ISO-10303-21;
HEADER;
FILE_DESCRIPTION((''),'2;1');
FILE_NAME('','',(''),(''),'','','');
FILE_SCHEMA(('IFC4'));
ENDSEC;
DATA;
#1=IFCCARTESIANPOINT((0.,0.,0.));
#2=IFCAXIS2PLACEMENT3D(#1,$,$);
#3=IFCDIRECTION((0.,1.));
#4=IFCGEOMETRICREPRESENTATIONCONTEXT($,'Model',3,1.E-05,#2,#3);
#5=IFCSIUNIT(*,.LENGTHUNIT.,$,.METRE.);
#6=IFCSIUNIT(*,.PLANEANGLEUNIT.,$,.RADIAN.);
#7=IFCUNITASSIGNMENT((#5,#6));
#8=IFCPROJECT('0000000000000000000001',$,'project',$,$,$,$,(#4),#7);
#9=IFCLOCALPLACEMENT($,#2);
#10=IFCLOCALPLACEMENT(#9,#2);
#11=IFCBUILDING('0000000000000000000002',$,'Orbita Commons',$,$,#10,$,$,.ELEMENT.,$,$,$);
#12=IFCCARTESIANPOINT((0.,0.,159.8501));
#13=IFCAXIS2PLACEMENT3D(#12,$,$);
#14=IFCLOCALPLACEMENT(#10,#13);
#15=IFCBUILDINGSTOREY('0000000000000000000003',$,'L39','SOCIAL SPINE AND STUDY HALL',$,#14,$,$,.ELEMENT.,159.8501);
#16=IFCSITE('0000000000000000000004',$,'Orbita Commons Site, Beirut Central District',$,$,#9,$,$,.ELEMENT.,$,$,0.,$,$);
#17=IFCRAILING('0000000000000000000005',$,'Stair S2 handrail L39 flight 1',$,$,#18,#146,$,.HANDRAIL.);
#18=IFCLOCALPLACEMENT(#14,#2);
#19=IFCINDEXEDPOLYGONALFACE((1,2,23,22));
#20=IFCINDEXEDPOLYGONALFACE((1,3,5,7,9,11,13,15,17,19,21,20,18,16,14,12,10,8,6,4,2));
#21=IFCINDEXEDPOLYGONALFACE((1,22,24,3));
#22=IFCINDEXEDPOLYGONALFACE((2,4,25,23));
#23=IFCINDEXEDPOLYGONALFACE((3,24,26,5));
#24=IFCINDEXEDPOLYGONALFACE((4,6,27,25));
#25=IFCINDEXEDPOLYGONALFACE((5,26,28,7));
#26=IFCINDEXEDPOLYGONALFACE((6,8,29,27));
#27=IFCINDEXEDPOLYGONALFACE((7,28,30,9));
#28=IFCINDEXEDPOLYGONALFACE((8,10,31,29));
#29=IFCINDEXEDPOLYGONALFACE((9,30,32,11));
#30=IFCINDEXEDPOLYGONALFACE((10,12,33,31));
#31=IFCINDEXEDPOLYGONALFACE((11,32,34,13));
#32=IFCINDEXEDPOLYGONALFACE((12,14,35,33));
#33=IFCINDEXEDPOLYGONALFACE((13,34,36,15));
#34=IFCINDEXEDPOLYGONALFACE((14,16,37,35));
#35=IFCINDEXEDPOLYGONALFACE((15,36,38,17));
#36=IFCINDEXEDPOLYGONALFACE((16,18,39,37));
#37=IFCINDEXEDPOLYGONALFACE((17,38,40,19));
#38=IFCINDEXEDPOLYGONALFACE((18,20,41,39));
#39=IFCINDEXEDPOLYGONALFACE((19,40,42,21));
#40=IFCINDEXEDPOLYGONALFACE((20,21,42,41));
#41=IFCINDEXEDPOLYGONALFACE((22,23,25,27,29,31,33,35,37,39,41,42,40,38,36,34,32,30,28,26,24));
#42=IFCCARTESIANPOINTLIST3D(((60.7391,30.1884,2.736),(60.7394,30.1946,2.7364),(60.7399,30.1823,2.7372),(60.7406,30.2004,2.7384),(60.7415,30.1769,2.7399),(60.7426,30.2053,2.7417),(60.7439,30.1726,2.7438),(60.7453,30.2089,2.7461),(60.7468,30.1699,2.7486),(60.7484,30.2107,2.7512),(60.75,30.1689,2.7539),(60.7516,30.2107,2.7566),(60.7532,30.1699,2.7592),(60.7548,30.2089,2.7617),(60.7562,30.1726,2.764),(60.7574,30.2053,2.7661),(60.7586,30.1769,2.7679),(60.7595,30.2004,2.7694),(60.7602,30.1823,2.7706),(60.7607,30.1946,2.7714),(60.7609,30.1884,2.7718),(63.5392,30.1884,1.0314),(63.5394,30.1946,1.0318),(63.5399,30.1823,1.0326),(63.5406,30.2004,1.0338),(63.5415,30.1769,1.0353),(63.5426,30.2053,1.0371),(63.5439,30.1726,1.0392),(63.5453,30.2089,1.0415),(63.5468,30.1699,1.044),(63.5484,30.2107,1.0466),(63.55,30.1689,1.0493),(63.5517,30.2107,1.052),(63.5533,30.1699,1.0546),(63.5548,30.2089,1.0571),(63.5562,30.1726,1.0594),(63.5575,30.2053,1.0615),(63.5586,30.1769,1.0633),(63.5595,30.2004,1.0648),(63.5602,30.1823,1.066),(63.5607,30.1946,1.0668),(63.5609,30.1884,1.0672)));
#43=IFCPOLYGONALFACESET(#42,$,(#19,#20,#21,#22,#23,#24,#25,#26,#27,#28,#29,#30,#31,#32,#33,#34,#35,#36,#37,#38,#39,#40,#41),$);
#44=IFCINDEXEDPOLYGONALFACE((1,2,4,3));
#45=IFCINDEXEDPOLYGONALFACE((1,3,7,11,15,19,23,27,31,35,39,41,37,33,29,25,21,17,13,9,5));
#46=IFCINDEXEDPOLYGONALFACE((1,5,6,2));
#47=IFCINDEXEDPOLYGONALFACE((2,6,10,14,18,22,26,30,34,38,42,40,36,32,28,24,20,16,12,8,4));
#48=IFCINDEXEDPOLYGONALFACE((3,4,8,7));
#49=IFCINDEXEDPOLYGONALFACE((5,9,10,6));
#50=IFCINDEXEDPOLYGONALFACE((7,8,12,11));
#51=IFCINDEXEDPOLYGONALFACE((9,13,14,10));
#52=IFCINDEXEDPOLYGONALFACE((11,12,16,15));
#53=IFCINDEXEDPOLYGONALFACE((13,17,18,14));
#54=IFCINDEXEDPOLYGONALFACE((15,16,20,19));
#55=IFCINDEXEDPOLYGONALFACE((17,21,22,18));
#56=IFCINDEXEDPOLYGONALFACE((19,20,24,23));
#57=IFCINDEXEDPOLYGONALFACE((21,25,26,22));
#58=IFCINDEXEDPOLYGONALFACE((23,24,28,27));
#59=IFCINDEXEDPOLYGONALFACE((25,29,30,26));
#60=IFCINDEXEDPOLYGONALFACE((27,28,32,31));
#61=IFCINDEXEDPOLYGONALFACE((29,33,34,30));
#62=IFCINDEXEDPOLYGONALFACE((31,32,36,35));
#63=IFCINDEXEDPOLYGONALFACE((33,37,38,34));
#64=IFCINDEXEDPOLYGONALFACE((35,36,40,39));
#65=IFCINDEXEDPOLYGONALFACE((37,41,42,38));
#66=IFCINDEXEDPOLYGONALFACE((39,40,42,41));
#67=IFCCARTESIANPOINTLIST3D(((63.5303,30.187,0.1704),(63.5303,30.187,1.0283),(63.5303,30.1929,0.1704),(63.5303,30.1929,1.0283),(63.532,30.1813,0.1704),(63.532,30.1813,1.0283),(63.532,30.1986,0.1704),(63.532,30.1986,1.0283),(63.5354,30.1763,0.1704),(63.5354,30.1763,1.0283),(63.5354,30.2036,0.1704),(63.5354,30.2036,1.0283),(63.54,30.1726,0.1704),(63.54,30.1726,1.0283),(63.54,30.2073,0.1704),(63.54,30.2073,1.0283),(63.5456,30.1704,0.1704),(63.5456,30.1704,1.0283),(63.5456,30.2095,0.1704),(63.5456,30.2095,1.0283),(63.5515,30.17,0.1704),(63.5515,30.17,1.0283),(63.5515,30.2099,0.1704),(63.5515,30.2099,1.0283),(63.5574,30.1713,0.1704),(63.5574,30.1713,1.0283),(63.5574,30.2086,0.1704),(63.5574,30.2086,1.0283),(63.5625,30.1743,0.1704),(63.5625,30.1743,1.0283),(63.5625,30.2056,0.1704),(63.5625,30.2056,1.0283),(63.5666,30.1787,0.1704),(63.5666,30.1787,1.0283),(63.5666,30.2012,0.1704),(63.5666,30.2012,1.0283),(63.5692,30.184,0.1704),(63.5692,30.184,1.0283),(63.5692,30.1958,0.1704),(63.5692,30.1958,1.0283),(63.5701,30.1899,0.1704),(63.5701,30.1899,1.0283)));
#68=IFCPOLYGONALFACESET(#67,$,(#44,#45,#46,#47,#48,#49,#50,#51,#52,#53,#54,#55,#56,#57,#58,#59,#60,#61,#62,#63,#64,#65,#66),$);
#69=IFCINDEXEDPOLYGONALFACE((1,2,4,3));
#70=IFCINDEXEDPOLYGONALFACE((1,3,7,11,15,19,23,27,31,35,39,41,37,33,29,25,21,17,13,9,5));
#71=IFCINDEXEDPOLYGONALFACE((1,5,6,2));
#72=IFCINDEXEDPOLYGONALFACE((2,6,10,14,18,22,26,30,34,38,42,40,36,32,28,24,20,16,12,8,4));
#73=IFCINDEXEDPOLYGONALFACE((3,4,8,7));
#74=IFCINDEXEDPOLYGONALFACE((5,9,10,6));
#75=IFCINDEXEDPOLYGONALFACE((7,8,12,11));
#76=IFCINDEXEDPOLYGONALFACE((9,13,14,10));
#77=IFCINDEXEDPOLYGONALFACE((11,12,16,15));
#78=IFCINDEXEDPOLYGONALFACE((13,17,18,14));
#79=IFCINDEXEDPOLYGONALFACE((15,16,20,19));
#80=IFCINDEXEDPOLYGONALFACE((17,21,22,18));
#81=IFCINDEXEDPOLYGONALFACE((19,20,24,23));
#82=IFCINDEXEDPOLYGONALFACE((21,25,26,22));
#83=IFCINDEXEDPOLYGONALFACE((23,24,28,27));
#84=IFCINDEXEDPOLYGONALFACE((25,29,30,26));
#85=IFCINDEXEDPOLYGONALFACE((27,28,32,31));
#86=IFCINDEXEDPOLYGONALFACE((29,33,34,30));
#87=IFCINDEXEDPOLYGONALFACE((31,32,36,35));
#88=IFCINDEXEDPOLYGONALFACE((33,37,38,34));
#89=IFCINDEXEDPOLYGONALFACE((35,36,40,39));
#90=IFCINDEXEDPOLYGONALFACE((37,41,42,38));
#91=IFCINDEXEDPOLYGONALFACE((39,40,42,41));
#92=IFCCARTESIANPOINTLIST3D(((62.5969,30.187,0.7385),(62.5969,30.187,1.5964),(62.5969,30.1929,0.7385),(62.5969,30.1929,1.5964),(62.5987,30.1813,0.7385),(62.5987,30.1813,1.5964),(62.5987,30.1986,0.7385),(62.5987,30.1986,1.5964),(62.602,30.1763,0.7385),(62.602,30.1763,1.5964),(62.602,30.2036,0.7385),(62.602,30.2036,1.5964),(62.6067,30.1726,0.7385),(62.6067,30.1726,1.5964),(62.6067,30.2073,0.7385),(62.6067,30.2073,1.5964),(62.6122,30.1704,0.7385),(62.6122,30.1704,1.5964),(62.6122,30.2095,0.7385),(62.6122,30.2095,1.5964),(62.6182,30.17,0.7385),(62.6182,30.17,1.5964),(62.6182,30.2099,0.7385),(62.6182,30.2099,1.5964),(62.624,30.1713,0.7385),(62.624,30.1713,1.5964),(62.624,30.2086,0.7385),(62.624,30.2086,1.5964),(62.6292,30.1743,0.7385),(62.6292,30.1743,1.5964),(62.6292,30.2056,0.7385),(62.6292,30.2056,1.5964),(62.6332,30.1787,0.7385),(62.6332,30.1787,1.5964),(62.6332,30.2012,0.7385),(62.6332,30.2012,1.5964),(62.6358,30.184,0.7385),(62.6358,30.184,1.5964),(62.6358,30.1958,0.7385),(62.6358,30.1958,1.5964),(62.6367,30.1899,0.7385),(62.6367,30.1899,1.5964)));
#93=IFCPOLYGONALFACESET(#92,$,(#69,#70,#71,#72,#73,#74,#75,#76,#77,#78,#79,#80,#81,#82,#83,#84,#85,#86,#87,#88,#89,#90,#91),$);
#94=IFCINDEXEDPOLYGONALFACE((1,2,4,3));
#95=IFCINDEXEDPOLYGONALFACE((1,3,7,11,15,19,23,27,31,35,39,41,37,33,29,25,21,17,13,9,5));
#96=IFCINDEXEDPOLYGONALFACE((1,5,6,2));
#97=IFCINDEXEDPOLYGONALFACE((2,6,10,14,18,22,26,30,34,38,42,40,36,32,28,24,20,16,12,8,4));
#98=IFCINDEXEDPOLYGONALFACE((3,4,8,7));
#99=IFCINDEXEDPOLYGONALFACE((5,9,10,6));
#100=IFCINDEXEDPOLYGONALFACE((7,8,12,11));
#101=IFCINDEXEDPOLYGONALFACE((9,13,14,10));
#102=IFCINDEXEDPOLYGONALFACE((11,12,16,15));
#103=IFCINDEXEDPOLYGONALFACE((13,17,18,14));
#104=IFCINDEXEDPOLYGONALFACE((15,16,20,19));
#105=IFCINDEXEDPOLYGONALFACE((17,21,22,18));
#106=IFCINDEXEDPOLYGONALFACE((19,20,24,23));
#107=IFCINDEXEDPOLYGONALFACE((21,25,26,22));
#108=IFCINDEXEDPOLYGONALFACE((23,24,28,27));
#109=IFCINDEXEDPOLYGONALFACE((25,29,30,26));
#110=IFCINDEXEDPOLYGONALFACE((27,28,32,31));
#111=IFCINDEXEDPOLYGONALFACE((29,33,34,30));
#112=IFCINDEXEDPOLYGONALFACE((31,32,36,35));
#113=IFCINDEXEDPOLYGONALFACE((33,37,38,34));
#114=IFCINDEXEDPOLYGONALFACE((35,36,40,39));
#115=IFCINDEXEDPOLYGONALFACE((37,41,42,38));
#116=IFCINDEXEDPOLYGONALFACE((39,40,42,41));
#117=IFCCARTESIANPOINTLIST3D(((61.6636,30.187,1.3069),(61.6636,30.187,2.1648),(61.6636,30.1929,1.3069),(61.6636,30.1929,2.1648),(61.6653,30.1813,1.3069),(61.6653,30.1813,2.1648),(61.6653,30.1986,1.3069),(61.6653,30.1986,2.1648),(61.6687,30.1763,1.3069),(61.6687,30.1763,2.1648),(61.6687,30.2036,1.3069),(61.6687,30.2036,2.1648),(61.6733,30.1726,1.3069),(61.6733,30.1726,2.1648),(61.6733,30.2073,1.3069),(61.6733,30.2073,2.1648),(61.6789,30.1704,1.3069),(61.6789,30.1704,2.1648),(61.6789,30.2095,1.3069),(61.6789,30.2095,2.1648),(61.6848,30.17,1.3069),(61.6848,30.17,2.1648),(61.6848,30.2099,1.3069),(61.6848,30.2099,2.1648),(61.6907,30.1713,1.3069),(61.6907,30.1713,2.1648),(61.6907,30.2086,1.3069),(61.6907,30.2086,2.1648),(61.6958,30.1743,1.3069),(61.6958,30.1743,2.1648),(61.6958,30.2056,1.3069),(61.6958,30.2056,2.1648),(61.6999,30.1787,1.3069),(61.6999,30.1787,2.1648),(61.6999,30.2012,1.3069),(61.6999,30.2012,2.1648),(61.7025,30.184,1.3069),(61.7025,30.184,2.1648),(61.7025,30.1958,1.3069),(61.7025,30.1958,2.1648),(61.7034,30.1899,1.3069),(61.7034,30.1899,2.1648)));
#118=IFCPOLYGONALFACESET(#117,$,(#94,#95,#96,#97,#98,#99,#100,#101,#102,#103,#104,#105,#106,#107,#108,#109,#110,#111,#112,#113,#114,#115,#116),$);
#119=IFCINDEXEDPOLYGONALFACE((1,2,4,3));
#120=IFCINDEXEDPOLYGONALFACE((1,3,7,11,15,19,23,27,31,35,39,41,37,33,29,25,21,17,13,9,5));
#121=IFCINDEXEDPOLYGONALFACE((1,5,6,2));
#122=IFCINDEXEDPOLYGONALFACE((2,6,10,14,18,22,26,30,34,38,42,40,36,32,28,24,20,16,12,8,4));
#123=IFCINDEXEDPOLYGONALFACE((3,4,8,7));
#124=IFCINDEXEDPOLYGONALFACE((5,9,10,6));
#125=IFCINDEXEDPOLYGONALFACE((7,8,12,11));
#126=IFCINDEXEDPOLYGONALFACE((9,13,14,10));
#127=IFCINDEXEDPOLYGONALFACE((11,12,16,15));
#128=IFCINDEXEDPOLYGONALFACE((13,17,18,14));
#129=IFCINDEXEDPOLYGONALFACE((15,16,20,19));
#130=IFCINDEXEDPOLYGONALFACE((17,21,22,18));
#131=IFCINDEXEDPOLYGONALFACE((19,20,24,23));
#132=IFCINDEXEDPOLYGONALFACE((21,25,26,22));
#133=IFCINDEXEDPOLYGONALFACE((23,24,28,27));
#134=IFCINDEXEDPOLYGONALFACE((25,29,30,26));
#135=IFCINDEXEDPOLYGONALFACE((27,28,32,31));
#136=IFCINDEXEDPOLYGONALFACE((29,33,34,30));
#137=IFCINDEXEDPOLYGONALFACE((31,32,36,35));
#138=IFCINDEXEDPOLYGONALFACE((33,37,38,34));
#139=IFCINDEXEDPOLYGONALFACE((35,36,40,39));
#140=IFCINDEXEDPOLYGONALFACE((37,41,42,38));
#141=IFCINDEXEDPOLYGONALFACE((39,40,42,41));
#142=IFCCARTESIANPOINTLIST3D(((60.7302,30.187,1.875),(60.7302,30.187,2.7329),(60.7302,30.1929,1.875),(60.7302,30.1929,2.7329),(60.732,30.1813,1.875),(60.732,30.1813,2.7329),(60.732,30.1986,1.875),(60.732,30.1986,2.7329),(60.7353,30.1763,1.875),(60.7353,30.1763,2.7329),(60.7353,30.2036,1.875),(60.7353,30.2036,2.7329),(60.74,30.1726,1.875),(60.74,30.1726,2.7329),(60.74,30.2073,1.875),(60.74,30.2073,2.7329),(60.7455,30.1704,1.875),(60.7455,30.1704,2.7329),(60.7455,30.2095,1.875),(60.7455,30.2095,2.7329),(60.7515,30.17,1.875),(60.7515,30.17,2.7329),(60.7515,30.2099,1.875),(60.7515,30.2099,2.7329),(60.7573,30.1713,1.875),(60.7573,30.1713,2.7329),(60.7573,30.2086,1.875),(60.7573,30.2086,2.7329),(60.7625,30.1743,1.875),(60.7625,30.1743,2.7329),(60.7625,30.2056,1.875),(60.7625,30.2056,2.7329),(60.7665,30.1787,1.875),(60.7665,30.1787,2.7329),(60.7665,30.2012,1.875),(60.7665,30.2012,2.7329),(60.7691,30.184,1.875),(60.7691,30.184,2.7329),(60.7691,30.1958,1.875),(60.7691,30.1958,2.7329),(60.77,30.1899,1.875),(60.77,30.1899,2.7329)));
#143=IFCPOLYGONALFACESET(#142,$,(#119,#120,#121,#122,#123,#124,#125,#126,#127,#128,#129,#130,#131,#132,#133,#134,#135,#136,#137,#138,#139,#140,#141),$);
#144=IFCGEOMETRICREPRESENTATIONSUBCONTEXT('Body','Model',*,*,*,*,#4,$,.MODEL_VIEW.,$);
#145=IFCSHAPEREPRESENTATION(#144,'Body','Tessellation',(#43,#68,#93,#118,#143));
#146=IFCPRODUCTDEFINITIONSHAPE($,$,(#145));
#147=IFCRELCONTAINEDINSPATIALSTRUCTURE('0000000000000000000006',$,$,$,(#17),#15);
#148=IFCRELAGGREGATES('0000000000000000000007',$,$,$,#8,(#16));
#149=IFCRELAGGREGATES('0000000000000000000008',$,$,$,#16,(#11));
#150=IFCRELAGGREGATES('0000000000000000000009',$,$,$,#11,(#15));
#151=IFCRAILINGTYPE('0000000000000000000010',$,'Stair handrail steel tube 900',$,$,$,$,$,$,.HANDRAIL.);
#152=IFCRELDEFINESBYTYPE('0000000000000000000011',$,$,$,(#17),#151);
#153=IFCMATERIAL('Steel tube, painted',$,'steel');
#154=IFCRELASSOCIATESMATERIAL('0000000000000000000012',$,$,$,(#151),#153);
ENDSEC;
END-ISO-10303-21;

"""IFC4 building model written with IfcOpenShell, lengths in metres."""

from ifc_helpers import new_model, si_unit, direction, frame, origin, origin_2d, place, context, subcontext, project, spatial, circle, extrude, material, type_object, element, save


model = new_model("IFC4")

# Units and contexts
model_context = context("Model", 3, precision=1e-05, world=origin(), true_north=direction((0.0, 1.0)))
body_context = subcontext(model_context, "Body", "Model", "MODEL_VIEW")
ifc_project = project(units=[si_unit("LENGTHUNIT", "METRE"), si_unit("PLANEANGLEUNIT", "RADIAN")], contexts=[model_context])

# Site, building, storey
site_placement = place(None, origin())
site = spatial("IfcSite", under=ifc_project, at=site_placement, Name="Orbita Commons Site, Beirut Central District", CompositionType="ELEMENT", RefElevation=0.0)
building_placement = place(site_placement, origin())
building = spatial("IfcBuilding", under=site, at=building_placement, Name="Orbita Commons", CompositionType="ELEMENT")
storey_placement = place(building_placement, frame((0.0, 0.0, 159.8501)))
storey = spatial("IfcBuildingStorey", under=building, at=storey_placement, Name="L39", Description="SOCIAL SPINE AND STUDY HALL", CompositionType="ELEMENT", Elevation=159.8501)

# Railing
ifc_material_1 = material(Name="Steel tube, painted", Category="steel")
railing_type = type_object("IfcRailingType", Name="Stair handrail steel tube 900", PredefinedType="HANDRAIL", material=ifc_material_1)
for number, where, name in (
    (1, (63.55, 30.1899, 0.1704), "Stair S2 handrail L39 flight 1"),
):
    element("IfcRailing", number, at=place(storey_placement, frame(where)), inside=storey, type_object=railing_type, Name=name, PredefinedType="HANDRAIL", context=body_context, shape_type="SweptSolid", body=[
        extrude(circle(Radius=0.021, at=origin_2d()), frame((0.0, 0.0, 0.8789), z_axis=(-0.85417, 0.0, 0.519994), x_axis=(0.0, -1.0, 0.0)), (0.0, 0.0, 1.0), 3.2781),
        extrude(circle(Radius=0.02, at=origin_2d()), origin(), (0.0, 0.0, 1.0), 0.8579),
        extrude(circle(Radius=0.02, at=origin_2d()), frame((-0.9333, 0.0, 0.5681)), (0.0, 0.0, 1.0), 0.8579),
        extrude(circle(Radius=0.02, at=origin_2d()), frame((-1.8667, 0.0, 1.1365)), (0.0, 0.0, 1.0), 0.8579),
        extrude(circle(Radius=0.02, at=origin_2d()), frame((-2.8, 0.0, 1.7046)), (0.0, 0.0, 1.0), 0.8579),
    ])

save(model, "model.ifc")
